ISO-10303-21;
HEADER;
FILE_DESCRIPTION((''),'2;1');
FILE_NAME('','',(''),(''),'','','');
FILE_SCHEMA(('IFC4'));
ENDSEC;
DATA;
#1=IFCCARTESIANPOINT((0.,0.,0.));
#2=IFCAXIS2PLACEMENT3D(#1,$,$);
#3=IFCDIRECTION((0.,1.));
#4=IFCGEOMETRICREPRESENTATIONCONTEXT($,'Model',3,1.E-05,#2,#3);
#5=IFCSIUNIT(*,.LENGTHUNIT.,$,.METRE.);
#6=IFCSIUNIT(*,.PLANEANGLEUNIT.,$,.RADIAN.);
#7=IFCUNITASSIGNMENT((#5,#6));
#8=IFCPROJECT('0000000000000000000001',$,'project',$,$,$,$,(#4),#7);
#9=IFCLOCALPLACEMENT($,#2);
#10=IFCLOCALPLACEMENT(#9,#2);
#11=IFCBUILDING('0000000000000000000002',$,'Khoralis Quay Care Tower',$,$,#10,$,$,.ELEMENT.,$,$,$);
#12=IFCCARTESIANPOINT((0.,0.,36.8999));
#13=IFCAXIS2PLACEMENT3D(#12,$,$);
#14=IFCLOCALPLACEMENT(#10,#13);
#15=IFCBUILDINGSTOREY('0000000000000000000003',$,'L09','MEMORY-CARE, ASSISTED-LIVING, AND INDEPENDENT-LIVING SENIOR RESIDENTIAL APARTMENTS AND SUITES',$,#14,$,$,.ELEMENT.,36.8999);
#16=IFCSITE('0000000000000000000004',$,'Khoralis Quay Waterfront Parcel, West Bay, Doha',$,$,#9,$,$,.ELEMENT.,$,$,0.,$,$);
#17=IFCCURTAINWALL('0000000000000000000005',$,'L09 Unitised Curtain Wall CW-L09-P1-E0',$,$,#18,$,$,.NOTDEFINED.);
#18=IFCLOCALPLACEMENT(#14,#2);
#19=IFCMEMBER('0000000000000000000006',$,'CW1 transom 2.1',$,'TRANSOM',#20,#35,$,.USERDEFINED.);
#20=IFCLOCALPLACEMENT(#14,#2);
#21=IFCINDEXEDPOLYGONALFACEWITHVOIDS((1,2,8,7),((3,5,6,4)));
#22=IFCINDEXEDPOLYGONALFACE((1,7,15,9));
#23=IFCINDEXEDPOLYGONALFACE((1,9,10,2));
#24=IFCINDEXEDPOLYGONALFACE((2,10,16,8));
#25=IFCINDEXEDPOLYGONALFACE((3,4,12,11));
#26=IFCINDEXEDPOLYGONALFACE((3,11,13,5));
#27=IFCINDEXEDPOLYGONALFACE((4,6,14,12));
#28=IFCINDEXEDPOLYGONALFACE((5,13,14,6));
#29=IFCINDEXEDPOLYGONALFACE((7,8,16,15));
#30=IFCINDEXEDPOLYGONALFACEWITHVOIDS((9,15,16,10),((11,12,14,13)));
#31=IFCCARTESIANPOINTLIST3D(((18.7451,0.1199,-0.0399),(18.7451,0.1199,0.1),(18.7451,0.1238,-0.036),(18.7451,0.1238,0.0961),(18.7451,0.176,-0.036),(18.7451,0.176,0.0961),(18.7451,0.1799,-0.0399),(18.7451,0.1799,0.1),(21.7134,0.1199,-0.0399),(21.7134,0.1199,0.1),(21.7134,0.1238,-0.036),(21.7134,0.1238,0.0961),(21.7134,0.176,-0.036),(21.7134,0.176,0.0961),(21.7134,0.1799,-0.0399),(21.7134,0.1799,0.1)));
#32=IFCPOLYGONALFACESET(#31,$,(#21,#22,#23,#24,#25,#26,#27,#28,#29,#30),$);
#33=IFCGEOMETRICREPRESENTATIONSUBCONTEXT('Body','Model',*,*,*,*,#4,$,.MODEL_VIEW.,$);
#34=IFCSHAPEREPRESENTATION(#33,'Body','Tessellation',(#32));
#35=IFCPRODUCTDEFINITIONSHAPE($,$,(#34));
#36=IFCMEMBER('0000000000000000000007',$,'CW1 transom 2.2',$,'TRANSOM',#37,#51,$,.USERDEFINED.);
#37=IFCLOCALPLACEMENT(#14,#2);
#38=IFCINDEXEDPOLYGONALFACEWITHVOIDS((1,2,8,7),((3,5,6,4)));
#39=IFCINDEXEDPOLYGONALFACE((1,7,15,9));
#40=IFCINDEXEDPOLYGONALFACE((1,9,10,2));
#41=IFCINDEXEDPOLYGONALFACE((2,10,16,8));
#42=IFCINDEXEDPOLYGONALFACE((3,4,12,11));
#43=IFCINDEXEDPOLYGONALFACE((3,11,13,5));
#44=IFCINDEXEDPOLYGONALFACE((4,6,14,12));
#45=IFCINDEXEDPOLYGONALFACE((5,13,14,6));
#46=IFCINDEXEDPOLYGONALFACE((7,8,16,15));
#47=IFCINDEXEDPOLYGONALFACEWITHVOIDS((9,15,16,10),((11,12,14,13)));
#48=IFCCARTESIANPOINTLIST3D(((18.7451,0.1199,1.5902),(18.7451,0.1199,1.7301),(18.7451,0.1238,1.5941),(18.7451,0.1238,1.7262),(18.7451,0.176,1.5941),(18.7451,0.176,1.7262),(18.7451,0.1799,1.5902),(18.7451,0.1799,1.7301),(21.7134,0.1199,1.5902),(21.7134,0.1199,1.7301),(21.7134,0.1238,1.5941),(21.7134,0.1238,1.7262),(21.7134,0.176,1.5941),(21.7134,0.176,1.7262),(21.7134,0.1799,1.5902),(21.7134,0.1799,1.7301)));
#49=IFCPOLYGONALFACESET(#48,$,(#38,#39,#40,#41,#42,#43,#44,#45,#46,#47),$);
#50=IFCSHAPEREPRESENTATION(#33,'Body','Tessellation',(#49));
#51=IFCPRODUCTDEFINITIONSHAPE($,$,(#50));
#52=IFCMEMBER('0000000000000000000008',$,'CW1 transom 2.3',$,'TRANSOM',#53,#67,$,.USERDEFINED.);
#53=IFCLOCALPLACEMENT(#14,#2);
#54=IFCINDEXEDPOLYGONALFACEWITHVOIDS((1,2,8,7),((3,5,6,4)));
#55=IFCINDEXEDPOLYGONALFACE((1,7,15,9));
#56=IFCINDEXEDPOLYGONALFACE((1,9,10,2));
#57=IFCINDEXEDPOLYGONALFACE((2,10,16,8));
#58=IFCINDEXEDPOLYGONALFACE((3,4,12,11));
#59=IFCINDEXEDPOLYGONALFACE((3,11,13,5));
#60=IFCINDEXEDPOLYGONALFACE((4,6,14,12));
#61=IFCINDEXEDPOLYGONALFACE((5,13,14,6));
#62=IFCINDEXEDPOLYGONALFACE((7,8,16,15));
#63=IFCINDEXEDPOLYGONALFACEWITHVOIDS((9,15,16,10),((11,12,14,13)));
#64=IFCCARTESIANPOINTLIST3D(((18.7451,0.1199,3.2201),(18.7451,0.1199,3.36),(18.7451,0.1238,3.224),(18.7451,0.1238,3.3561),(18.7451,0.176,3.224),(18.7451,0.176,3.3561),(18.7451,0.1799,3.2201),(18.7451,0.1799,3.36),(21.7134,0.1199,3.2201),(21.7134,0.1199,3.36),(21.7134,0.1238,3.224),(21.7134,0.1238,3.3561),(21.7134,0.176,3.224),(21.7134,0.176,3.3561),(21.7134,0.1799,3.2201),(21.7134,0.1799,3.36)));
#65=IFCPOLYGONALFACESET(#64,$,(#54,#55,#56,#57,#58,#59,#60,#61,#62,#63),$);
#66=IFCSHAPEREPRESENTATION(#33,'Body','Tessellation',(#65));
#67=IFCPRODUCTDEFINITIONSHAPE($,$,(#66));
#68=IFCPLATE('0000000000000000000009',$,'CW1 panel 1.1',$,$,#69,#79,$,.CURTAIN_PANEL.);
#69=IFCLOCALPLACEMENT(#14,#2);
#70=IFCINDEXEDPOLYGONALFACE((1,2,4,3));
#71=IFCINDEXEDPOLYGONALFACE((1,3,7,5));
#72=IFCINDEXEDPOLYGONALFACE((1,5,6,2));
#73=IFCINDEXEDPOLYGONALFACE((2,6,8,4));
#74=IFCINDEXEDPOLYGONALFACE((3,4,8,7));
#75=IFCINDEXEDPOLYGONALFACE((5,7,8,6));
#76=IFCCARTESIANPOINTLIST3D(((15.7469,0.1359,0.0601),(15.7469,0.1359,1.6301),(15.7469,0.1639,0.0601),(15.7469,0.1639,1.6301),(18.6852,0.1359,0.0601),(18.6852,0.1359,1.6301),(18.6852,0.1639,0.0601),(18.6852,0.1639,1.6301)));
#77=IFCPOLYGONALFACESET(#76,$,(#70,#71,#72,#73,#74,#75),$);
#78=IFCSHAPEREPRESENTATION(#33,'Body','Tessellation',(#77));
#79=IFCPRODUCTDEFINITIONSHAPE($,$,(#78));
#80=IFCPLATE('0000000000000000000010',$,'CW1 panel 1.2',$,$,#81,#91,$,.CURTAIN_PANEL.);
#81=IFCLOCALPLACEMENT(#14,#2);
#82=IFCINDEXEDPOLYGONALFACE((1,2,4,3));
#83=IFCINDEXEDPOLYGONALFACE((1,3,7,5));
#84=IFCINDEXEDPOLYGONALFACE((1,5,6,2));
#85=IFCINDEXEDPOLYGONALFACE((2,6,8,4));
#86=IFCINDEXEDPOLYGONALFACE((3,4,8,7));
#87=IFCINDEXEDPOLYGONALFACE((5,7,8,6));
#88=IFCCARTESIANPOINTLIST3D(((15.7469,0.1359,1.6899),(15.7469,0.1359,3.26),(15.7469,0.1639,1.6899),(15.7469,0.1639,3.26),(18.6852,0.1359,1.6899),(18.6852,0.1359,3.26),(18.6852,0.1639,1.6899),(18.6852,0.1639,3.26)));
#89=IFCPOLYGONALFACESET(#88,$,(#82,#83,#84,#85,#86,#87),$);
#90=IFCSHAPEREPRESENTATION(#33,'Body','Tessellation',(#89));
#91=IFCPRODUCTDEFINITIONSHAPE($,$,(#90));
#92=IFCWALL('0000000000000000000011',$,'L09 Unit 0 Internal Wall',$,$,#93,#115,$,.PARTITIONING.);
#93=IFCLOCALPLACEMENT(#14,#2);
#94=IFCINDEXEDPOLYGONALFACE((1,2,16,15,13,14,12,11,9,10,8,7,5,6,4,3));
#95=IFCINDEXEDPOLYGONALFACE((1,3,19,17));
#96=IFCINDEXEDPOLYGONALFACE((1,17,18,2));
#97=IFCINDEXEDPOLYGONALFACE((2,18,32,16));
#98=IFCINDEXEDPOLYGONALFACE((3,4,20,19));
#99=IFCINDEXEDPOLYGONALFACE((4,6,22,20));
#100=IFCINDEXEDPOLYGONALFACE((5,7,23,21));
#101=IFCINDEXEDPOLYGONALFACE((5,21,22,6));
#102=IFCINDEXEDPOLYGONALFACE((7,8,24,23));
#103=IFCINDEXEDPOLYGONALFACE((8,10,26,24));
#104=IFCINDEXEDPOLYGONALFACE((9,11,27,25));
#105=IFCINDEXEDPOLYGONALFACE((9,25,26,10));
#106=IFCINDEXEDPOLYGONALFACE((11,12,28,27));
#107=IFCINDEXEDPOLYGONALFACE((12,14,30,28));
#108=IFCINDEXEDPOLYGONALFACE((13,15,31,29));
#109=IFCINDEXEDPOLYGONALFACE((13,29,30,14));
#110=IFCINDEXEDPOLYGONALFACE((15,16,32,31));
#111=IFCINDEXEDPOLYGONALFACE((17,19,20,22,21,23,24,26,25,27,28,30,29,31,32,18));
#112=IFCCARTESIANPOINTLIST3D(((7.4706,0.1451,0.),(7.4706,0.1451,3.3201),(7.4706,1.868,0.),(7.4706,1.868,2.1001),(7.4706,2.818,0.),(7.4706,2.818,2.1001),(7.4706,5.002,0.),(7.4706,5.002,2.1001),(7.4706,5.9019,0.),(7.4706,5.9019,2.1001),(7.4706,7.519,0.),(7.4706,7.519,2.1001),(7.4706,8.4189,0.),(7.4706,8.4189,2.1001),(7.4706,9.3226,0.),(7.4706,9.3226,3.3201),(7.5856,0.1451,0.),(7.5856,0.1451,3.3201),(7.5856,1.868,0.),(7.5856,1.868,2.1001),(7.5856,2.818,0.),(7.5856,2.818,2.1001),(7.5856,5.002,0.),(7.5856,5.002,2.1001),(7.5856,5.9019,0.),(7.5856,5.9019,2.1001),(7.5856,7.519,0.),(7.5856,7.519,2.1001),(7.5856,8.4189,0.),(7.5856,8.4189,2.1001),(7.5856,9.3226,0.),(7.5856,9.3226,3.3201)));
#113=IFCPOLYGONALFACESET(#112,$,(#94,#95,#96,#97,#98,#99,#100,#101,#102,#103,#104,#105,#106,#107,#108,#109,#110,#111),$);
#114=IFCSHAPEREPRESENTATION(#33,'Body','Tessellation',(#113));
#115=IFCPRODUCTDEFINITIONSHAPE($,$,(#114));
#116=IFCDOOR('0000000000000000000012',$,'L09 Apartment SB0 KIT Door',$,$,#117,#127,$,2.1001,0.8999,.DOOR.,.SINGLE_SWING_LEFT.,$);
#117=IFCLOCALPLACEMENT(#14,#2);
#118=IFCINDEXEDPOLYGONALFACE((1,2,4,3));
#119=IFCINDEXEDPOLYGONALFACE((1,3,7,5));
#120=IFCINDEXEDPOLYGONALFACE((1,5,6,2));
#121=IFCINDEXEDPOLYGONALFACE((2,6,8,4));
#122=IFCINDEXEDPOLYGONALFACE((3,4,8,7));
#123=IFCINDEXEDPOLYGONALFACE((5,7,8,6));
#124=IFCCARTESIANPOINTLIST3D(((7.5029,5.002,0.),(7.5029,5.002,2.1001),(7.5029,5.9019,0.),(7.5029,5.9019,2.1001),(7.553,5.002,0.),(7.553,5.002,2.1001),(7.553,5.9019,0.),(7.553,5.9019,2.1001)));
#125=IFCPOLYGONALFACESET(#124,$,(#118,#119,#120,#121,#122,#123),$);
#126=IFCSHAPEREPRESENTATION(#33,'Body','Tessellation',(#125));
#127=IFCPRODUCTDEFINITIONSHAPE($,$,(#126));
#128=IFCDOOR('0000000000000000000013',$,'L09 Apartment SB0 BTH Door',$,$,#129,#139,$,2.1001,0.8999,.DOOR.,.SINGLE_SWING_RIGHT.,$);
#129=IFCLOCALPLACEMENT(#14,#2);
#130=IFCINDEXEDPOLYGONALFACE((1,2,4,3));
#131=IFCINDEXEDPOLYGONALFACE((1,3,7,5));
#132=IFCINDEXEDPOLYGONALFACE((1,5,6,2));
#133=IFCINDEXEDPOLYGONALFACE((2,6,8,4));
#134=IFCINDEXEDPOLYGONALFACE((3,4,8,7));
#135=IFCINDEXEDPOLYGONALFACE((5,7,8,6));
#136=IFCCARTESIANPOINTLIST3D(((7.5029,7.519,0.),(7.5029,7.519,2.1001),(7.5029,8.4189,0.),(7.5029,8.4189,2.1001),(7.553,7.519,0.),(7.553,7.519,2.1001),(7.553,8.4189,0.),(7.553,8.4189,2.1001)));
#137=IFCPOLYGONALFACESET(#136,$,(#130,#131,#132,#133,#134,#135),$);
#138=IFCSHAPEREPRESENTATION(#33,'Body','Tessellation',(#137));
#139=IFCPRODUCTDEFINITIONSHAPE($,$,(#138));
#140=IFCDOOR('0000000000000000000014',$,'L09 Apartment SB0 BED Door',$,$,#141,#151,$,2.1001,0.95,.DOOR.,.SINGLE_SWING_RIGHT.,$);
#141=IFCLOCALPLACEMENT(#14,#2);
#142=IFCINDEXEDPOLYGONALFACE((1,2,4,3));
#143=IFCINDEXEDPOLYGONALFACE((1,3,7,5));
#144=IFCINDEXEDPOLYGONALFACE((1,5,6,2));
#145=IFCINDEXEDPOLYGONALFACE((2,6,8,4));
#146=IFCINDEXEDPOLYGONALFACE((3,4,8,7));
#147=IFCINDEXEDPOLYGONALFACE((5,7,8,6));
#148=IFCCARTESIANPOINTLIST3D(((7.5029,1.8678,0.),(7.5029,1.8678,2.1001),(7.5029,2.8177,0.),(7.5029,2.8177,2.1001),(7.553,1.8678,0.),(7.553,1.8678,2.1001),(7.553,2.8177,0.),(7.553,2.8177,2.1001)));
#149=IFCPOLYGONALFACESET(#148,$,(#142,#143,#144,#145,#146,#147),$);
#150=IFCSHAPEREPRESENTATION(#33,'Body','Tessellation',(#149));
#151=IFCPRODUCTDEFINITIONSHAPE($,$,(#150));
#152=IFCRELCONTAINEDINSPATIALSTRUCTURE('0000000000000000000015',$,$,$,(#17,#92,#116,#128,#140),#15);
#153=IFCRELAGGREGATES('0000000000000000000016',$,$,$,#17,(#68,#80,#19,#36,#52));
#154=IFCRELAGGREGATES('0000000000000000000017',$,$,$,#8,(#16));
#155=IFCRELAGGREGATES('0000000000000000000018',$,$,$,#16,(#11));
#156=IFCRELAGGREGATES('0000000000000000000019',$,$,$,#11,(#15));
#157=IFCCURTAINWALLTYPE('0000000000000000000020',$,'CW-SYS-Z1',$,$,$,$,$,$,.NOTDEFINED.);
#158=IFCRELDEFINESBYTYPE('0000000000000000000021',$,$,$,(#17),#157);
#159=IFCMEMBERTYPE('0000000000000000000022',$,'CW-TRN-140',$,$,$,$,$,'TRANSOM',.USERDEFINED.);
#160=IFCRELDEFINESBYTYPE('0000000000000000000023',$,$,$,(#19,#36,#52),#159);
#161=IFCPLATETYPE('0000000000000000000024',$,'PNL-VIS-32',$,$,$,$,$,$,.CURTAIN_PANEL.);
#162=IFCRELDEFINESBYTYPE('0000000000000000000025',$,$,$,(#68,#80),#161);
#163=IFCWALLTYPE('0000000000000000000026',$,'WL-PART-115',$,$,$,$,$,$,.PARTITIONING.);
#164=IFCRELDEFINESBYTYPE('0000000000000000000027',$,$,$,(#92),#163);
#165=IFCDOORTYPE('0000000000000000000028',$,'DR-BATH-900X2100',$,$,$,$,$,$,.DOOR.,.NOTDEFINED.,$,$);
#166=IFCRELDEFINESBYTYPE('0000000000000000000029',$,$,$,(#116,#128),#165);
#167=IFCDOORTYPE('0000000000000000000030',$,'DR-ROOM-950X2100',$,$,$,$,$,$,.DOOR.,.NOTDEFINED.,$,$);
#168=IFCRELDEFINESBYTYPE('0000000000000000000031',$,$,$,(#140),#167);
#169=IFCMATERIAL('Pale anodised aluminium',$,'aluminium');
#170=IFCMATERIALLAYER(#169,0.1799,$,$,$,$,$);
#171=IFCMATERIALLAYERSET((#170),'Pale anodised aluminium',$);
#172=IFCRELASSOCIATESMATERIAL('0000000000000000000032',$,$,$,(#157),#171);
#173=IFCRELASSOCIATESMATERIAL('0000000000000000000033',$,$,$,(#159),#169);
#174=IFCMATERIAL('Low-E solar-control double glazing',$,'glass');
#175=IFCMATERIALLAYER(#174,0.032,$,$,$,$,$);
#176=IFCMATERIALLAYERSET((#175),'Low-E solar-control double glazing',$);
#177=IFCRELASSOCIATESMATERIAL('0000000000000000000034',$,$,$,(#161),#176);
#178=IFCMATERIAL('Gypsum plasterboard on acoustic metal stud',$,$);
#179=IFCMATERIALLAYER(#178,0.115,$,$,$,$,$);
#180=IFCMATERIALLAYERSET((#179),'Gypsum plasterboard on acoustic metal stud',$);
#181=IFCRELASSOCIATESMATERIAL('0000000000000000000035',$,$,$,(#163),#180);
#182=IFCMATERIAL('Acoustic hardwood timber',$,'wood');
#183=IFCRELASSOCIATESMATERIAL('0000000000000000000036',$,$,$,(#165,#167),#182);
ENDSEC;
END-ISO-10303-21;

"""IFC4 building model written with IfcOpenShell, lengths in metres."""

from ifc_helpers import new_model, si_unit, direction, frame, frame_2d, origin, origin_2d, place, context, subcontext, project, spatial, rectangle, hollow_rectangle, extrude, source, transform, mapped, material, layer, layer_set, material_profile, profile_set, type_object, element, fill, aggregate, save


model = new_model("IFC4")

# Units and contexts
model_context = context("Model", 3, precision=1e-05, world=origin(), true_north=direction((0.0, 1.0)))
body_context = subcontext(model_context, "Body", "Model", "MODEL_VIEW")
ifc_project = project(units=[si_unit("LENGTHUNIT", "METRE"), si_unit("PLANEANGLEUNIT", "RADIAN")], contexts=[model_context])

# Site, building, storey
site_placement = place(None, origin())
site = spatial("IfcSite", under=ifc_project, at=site_placement, Name="Khoralis Quay Waterfront Parcel, West Bay, Doha", CompositionType="ELEMENT", RefElevation=0.0)
building_placement = place(site_placement, origin())
building = spatial("IfcBuilding", under=site, at=building_placement, Name="Khoralis Quay Care Tower", CompositionType="ELEMENT")
storey_placement = place(building_placement, frame((0.0, 0.0, 36.8999)))
storey = spatial("IfcBuildingStorey", under=building, at=storey_placement, Name="L09", Description="MEMORY-CARE, ASSISTED-LIVING, AND INDEPENDENT-LIVING SENIOR RESIDENTIAL APARTMENTS AND SUITES", CompositionType="ELEMENT", Elevation=36.8999)

# Curtain wall, members, plates
ifc_material_1 = material(Name="Pale anodised aluminium", Category="aluminium")
ifc_layer_1 = layer(ifc_material_1, 0.1799)
ifc_layer_set_1 = layer_set([ifc_layer_1], Name="Pale anodised aluminium")
curtain_wall_type = type_object("IfcCurtainWallType", Name="CW-SYS-Z1", PredefinedType="NOTDEFINED", material=ifc_layer_set_1)
curtain_wall_placement = place(storey_placement, origin())
curtain_wall = element("IfcCurtainWall", 1, at=curtain_wall_placement, inside=storey, type_object=curtain_wall_type, Name="L09 Unitised Curtain Wall CW-L09-P1-E0", PredefinedType="NOTDEFINED")
ifc_material_profile_1 = material_profile(ifc_material_1, hollow_rectangle(XDim=0.0601, YDim=0.1399, WallThickness=0.0039, at=origin_2d()), Name="Pale anodised aluminium")
ifc_profile_set_1 = profile_set([ifc_material_profile_1], Name="Pale anodised aluminium")
member_type_1 = type_object("IfcMemberType", Name="CW-TRN-140", ElementType="TRANSOM", PredefinedType="USERDEFINED", material=ifc_profile_set_1)
shared_shape_1 = source(origin(), body_context, "Body", "SweptSolid", [
    extrude(hollow_rectangle(XDim=0.0601, YDim=0.1399, WallThickness=0.0039, at=origin_2d()), origin(), (0.0, 0.0, 1.0), 2.9683),
])
member_1_placement = place(storey_placement, frame((18.7451, 0.1499, 0.03), z_axis=(1.0, 0.0, 0.0), x_axis=(0.0, 1.0, 0.0)))
member_1 = element("IfcMember", 2, at=member_1_placement, type_object=member_type_1, Name="CW1 transom 2.1", ObjectType="TRANSOM", PredefinedType="USERDEFINED", context=body_context, shape_type="MappedRepresentation", body=[
    mapped(shared_shape_1, transform((0.0, 0.0, 0.0), scale=1.0)),
])
member_2_placement = place(storey_placement, frame((18.7451, 0.1499, 1.6602), z_axis=(1.0, 0.0, 0.0), x_axis=(0.0, 1.0, 0.0)))
member_2 = element("IfcMember", 3, at=member_2_placement, type_object=member_type_1, Name="CW1 transom 2.2", ObjectType="TRANSOM", PredefinedType="USERDEFINED", context=body_context, shape_type="MappedRepresentation", body=[
    mapped(shared_shape_1, transform((0.0, 0.0, 0.0), scale=1.0)),
])
member_3_placement = place(storey_placement, frame((18.7451, 0.1499, 3.29), z_axis=(1.0, 0.0, 0.0), x_axis=(0.0, 1.0, 0.0)))
member_3 = element("IfcMember", 4, at=member_3_placement, type_object=member_type_1, Name="CW1 transom 2.3", ObjectType="TRANSOM", PredefinedType="USERDEFINED", context=body_context, shape_type="MappedRepresentation", body=[
    mapped(shared_shape_1, transform((0.0, 0.0, 0.0), scale=1.0)),
])
ifc_material_2 = material(Name="Low-E solar-control double glazing", Category="glass")
ifc_layer_2 = layer(ifc_material_2, 0.032)
ifc_layer_set_2 = layer_set([ifc_layer_2], Name="Low-E solar-control double glazing")
plate_type = type_object("IfcPlateType", Name="PNL-VIS-32", PredefinedType="CURTAIN_PANEL", material=ifc_layer_set_2)
shared_shape_2 = source(origin(), body_context, "Body", "SweptSolid", [
    extrude(rectangle(XDim=2.9382, YDim=0.0281, at=origin_2d()), origin(), (0.0, 0.0, 1.0), 1.5701),
])
plate_1_placement = place(storey_placement, frame((17.2161, 0.1499, 0.0601), z_axis=(0.0, 0.0, 1.0), x_axis=(1.0, 0.0, 0.0)))
plate_1 = element("IfcPlate", 5, at=plate_1_placement, type_object=plate_type, Name="CW1 panel 1.1", PredefinedType="CURTAIN_PANEL", context=body_context, shape_type="MappedRepresentation", body=[
    mapped(shared_shape_2, transform((0.0, 0.0, 0.0), scale=1.0)),
])
plate_2_placement = place(storey_placement, frame((17.2161, 0.1499, 1.6899), z_axis=(0.0, 0.0, 1.0), x_axis=(1.0, 0.0, 0.0)))
plate_2 = element("IfcPlate", 6, at=plate_2_placement, type_object=plate_type, Name="CW1 panel 1.2", PredefinedType="CURTAIN_PANEL", context=body_context, shape_type="MappedRepresentation", body=[
    mapped(shared_shape_2, transform((0.0, 0.0, 0.0), scale=1.0)),
])
aggregate(curtain_wall, [plate_1, plate_2, member_1, member_2, member_3])

# Wall, openings, doors
ifc_material_3 = material(Name="Gypsum plasterboard on acoustic metal stud")
ifc_layer_3 = layer(ifc_material_3, 0.115)
ifc_layer_set_3 = layer_set([ifc_layer_3], Name="Gypsum plasterboard on acoustic metal stud")
wall_type_1 = type_object("IfcWallType", Name="WL-PART-115", PredefinedType="PARTITIONING", material=ifc_layer_set_3)
wall_1_placement = place(storey_placement, frame((7.5281, 0.145, 0.0), z_axis=(0.0, 0.0, 1.0), x_axis=(0.0, 1.0, 0.0)))
wall_1 = element("IfcWall", 7, at=wall_1_placement, inside=storey, type_object=wall_type_1, Name="L09 Unit 0 Internal Wall", PredefinedType="PARTITIONING", context=body_context, shape_type="SweptSolid", body=[
    extrude(rectangle(XDim=9.1775, YDim=0.115, at=frame_2d((4.5889, 0.0))), origin(), (0.0, 0.0, 1.0), 3.3201),
])
opening_1_placement = place(wall_1_placement, frame((1.7229, 0.0, 0.0)))
opening_1 = element("IfcOpeningElement", 8, at=opening_1_placement, cuts=wall_1, PredefinedType="OPENING", context=body_context, shape_type="SweptSolid", body=[
    extrude(rectangle(XDim=0.95, YDim=2.1001, at=frame_2d((0.4751, 1.05))), frame((0.0, 0.0674, 0.0), z_axis=(0.0, -1.0, 0.0), x_axis=(1.0, 0.0, 0.0)), (0.0, 0.0, 1.0), 0.135),
])
opening_2_placement = place(wall_1_placement, frame((4.8569, 0.0, 0.0)))
opening_2 = element("IfcOpeningElement", 9, at=opening_2_placement, cuts=wall_1, PredefinedType="OPENING", context=body_context, shape_type="SweptSolid", body=[
    extrude(rectangle(XDim=0.8999, YDim=2.1001, at=frame_2d((0.45, 1.05))), frame((0.0, 0.0674, 0.0), z_axis=(0.0, -1.0, 0.0), x_axis=(1.0, 0.0, 0.0)), (0.0, 0.0, 1.0), 0.135),
])
opening_3_placement = place(wall_1_placement, frame((7.374, 0.0, 0.0)))
opening_3 = element("IfcOpeningElement", 10, at=opening_3_placement, cuts=wall_1, PredefinedType="OPENING", context=body_context, shape_type="SweptSolid", body=[
    extrude(rectangle(XDim=0.8999, YDim=2.1001, at=frame_2d((0.45, 1.05))), frame((0.0, 0.0674, 0.0), z_axis=(0.0, -1.0, 0.0), x_axis=(1.0, 0.0, 0.0)), (0.0, 0.0, 1.0), 0.135),
])
ifc_material_4 = material(Name="Acoustic hardwood timber", Category="wood")
door_type_1 = type_object("IfcDoorType", Name="DR-BATH-900X2100", OperationType="NOTDEFINED", PredefinedType="DOOR", material=ifc_material_4)
shared_shape_3 = source(origin(), body_context, "Body", "SweptSolid", [
    extrude(rectangle(XDim=0.8999, YDim=2.1001, at=frame_2d((0.45, 1.05))), frame((0.0, 0.0249, 0.0), z_axis=(0.0, -1.0, 0.0), x_axis=(1.0, 0.0, 0.0)), (0.0, 0.0, 1.0), 0.05),
])
door_1_placement = place(opening_2_placement, frame((0.8999, 0.0, 0.0), z_axis=(0.0, 0.0, 1.0), x_axis=(-1.0, 0.0, 0.0)))
door_1 = element("IfcDoor", 11, at=door_1_placement, inside=storey, type_object=door_type_1, Name="L09 Apartment SB0 KIT Door", OperationType="SINGLE_SWING_LEFT", OverallHeight=2.1001, OverallWidth=0.8999, PredefinedType="DOOR", context=body_context, shape_type="MappedRepresentation", body=[
    mapped(shared_shape_3, transform((0.0, 0.0, 0.0), scale=1.0)),
])
fill(opening_2, door_1)
door_2_placement = place(opening_3_placement, frame((0.8999, 0.0, 0.0), z_axis=(0.0, 0.0, 1.0), x_axis=(-1.0, 0.0, 0.0)))
door_2 = element("IfcDoor", 12, at=door_2_placement, inside=storey, type_object=door_type_1, Name="L09 Apartment SB0 BTH Door", OperationType="SINGLE_SWING_RIGHT", OverallHeight=2.1001, OverallWidth=0.8999, PredefinedType="DOOR", context=body_context, shape_type="MappedRepresentation", body=[
    mapped(shared_shape_3, transform((0.0, 0.0, 0.0), scale=1.0)),
])
fill(opening_3, door_2)
door_type_2 = type_object("IfcDoorType", Name="DR-ROOM-950X2100", OperationType="NOTDEFINED", PredefinedType="DOOR", material=ifc_material_4)
shared_shape_4 = source(origin(), body_context, "Body", "SweptSolid", [
    extrude(rectangle(XDim=0.95, YDim=2.1001, at=frame_2d((0.4751, 1.05))), frame((0.0, 0.0249, 0.0), z_axis=(0.0, -1.0, 0.0), x_axis=(1.0, 0.0, 0.0)), (0.0, 0.0, 1.0), 0.05),
])
door_3_placement = place(opening_1_placement, frame((0.95, 0.0, 0.0), z_axis=(0.0, 0.0, 1.0), x_axis=(-1.0, 0.0, 0.0)))
door_3 = element("IfcDoor", 13, at=door_3_placement, inside=storey, type_object=door_type_2, Name="L09 Apartment SB0 BED Door", OperationType="SINGLE_SWING_RIGHT", OverallHeight=2.1001, OverallWidth=0.95, PredefinedType="DOOR", context=body_context, shape_type="MappedRepresentation", body=[
    mapped(shared_shape_4, transform((0.0, 0.0, 0.0), scale=1.0)),
])
fill(opening_1, door_3)

save(model, "model.ifc")
